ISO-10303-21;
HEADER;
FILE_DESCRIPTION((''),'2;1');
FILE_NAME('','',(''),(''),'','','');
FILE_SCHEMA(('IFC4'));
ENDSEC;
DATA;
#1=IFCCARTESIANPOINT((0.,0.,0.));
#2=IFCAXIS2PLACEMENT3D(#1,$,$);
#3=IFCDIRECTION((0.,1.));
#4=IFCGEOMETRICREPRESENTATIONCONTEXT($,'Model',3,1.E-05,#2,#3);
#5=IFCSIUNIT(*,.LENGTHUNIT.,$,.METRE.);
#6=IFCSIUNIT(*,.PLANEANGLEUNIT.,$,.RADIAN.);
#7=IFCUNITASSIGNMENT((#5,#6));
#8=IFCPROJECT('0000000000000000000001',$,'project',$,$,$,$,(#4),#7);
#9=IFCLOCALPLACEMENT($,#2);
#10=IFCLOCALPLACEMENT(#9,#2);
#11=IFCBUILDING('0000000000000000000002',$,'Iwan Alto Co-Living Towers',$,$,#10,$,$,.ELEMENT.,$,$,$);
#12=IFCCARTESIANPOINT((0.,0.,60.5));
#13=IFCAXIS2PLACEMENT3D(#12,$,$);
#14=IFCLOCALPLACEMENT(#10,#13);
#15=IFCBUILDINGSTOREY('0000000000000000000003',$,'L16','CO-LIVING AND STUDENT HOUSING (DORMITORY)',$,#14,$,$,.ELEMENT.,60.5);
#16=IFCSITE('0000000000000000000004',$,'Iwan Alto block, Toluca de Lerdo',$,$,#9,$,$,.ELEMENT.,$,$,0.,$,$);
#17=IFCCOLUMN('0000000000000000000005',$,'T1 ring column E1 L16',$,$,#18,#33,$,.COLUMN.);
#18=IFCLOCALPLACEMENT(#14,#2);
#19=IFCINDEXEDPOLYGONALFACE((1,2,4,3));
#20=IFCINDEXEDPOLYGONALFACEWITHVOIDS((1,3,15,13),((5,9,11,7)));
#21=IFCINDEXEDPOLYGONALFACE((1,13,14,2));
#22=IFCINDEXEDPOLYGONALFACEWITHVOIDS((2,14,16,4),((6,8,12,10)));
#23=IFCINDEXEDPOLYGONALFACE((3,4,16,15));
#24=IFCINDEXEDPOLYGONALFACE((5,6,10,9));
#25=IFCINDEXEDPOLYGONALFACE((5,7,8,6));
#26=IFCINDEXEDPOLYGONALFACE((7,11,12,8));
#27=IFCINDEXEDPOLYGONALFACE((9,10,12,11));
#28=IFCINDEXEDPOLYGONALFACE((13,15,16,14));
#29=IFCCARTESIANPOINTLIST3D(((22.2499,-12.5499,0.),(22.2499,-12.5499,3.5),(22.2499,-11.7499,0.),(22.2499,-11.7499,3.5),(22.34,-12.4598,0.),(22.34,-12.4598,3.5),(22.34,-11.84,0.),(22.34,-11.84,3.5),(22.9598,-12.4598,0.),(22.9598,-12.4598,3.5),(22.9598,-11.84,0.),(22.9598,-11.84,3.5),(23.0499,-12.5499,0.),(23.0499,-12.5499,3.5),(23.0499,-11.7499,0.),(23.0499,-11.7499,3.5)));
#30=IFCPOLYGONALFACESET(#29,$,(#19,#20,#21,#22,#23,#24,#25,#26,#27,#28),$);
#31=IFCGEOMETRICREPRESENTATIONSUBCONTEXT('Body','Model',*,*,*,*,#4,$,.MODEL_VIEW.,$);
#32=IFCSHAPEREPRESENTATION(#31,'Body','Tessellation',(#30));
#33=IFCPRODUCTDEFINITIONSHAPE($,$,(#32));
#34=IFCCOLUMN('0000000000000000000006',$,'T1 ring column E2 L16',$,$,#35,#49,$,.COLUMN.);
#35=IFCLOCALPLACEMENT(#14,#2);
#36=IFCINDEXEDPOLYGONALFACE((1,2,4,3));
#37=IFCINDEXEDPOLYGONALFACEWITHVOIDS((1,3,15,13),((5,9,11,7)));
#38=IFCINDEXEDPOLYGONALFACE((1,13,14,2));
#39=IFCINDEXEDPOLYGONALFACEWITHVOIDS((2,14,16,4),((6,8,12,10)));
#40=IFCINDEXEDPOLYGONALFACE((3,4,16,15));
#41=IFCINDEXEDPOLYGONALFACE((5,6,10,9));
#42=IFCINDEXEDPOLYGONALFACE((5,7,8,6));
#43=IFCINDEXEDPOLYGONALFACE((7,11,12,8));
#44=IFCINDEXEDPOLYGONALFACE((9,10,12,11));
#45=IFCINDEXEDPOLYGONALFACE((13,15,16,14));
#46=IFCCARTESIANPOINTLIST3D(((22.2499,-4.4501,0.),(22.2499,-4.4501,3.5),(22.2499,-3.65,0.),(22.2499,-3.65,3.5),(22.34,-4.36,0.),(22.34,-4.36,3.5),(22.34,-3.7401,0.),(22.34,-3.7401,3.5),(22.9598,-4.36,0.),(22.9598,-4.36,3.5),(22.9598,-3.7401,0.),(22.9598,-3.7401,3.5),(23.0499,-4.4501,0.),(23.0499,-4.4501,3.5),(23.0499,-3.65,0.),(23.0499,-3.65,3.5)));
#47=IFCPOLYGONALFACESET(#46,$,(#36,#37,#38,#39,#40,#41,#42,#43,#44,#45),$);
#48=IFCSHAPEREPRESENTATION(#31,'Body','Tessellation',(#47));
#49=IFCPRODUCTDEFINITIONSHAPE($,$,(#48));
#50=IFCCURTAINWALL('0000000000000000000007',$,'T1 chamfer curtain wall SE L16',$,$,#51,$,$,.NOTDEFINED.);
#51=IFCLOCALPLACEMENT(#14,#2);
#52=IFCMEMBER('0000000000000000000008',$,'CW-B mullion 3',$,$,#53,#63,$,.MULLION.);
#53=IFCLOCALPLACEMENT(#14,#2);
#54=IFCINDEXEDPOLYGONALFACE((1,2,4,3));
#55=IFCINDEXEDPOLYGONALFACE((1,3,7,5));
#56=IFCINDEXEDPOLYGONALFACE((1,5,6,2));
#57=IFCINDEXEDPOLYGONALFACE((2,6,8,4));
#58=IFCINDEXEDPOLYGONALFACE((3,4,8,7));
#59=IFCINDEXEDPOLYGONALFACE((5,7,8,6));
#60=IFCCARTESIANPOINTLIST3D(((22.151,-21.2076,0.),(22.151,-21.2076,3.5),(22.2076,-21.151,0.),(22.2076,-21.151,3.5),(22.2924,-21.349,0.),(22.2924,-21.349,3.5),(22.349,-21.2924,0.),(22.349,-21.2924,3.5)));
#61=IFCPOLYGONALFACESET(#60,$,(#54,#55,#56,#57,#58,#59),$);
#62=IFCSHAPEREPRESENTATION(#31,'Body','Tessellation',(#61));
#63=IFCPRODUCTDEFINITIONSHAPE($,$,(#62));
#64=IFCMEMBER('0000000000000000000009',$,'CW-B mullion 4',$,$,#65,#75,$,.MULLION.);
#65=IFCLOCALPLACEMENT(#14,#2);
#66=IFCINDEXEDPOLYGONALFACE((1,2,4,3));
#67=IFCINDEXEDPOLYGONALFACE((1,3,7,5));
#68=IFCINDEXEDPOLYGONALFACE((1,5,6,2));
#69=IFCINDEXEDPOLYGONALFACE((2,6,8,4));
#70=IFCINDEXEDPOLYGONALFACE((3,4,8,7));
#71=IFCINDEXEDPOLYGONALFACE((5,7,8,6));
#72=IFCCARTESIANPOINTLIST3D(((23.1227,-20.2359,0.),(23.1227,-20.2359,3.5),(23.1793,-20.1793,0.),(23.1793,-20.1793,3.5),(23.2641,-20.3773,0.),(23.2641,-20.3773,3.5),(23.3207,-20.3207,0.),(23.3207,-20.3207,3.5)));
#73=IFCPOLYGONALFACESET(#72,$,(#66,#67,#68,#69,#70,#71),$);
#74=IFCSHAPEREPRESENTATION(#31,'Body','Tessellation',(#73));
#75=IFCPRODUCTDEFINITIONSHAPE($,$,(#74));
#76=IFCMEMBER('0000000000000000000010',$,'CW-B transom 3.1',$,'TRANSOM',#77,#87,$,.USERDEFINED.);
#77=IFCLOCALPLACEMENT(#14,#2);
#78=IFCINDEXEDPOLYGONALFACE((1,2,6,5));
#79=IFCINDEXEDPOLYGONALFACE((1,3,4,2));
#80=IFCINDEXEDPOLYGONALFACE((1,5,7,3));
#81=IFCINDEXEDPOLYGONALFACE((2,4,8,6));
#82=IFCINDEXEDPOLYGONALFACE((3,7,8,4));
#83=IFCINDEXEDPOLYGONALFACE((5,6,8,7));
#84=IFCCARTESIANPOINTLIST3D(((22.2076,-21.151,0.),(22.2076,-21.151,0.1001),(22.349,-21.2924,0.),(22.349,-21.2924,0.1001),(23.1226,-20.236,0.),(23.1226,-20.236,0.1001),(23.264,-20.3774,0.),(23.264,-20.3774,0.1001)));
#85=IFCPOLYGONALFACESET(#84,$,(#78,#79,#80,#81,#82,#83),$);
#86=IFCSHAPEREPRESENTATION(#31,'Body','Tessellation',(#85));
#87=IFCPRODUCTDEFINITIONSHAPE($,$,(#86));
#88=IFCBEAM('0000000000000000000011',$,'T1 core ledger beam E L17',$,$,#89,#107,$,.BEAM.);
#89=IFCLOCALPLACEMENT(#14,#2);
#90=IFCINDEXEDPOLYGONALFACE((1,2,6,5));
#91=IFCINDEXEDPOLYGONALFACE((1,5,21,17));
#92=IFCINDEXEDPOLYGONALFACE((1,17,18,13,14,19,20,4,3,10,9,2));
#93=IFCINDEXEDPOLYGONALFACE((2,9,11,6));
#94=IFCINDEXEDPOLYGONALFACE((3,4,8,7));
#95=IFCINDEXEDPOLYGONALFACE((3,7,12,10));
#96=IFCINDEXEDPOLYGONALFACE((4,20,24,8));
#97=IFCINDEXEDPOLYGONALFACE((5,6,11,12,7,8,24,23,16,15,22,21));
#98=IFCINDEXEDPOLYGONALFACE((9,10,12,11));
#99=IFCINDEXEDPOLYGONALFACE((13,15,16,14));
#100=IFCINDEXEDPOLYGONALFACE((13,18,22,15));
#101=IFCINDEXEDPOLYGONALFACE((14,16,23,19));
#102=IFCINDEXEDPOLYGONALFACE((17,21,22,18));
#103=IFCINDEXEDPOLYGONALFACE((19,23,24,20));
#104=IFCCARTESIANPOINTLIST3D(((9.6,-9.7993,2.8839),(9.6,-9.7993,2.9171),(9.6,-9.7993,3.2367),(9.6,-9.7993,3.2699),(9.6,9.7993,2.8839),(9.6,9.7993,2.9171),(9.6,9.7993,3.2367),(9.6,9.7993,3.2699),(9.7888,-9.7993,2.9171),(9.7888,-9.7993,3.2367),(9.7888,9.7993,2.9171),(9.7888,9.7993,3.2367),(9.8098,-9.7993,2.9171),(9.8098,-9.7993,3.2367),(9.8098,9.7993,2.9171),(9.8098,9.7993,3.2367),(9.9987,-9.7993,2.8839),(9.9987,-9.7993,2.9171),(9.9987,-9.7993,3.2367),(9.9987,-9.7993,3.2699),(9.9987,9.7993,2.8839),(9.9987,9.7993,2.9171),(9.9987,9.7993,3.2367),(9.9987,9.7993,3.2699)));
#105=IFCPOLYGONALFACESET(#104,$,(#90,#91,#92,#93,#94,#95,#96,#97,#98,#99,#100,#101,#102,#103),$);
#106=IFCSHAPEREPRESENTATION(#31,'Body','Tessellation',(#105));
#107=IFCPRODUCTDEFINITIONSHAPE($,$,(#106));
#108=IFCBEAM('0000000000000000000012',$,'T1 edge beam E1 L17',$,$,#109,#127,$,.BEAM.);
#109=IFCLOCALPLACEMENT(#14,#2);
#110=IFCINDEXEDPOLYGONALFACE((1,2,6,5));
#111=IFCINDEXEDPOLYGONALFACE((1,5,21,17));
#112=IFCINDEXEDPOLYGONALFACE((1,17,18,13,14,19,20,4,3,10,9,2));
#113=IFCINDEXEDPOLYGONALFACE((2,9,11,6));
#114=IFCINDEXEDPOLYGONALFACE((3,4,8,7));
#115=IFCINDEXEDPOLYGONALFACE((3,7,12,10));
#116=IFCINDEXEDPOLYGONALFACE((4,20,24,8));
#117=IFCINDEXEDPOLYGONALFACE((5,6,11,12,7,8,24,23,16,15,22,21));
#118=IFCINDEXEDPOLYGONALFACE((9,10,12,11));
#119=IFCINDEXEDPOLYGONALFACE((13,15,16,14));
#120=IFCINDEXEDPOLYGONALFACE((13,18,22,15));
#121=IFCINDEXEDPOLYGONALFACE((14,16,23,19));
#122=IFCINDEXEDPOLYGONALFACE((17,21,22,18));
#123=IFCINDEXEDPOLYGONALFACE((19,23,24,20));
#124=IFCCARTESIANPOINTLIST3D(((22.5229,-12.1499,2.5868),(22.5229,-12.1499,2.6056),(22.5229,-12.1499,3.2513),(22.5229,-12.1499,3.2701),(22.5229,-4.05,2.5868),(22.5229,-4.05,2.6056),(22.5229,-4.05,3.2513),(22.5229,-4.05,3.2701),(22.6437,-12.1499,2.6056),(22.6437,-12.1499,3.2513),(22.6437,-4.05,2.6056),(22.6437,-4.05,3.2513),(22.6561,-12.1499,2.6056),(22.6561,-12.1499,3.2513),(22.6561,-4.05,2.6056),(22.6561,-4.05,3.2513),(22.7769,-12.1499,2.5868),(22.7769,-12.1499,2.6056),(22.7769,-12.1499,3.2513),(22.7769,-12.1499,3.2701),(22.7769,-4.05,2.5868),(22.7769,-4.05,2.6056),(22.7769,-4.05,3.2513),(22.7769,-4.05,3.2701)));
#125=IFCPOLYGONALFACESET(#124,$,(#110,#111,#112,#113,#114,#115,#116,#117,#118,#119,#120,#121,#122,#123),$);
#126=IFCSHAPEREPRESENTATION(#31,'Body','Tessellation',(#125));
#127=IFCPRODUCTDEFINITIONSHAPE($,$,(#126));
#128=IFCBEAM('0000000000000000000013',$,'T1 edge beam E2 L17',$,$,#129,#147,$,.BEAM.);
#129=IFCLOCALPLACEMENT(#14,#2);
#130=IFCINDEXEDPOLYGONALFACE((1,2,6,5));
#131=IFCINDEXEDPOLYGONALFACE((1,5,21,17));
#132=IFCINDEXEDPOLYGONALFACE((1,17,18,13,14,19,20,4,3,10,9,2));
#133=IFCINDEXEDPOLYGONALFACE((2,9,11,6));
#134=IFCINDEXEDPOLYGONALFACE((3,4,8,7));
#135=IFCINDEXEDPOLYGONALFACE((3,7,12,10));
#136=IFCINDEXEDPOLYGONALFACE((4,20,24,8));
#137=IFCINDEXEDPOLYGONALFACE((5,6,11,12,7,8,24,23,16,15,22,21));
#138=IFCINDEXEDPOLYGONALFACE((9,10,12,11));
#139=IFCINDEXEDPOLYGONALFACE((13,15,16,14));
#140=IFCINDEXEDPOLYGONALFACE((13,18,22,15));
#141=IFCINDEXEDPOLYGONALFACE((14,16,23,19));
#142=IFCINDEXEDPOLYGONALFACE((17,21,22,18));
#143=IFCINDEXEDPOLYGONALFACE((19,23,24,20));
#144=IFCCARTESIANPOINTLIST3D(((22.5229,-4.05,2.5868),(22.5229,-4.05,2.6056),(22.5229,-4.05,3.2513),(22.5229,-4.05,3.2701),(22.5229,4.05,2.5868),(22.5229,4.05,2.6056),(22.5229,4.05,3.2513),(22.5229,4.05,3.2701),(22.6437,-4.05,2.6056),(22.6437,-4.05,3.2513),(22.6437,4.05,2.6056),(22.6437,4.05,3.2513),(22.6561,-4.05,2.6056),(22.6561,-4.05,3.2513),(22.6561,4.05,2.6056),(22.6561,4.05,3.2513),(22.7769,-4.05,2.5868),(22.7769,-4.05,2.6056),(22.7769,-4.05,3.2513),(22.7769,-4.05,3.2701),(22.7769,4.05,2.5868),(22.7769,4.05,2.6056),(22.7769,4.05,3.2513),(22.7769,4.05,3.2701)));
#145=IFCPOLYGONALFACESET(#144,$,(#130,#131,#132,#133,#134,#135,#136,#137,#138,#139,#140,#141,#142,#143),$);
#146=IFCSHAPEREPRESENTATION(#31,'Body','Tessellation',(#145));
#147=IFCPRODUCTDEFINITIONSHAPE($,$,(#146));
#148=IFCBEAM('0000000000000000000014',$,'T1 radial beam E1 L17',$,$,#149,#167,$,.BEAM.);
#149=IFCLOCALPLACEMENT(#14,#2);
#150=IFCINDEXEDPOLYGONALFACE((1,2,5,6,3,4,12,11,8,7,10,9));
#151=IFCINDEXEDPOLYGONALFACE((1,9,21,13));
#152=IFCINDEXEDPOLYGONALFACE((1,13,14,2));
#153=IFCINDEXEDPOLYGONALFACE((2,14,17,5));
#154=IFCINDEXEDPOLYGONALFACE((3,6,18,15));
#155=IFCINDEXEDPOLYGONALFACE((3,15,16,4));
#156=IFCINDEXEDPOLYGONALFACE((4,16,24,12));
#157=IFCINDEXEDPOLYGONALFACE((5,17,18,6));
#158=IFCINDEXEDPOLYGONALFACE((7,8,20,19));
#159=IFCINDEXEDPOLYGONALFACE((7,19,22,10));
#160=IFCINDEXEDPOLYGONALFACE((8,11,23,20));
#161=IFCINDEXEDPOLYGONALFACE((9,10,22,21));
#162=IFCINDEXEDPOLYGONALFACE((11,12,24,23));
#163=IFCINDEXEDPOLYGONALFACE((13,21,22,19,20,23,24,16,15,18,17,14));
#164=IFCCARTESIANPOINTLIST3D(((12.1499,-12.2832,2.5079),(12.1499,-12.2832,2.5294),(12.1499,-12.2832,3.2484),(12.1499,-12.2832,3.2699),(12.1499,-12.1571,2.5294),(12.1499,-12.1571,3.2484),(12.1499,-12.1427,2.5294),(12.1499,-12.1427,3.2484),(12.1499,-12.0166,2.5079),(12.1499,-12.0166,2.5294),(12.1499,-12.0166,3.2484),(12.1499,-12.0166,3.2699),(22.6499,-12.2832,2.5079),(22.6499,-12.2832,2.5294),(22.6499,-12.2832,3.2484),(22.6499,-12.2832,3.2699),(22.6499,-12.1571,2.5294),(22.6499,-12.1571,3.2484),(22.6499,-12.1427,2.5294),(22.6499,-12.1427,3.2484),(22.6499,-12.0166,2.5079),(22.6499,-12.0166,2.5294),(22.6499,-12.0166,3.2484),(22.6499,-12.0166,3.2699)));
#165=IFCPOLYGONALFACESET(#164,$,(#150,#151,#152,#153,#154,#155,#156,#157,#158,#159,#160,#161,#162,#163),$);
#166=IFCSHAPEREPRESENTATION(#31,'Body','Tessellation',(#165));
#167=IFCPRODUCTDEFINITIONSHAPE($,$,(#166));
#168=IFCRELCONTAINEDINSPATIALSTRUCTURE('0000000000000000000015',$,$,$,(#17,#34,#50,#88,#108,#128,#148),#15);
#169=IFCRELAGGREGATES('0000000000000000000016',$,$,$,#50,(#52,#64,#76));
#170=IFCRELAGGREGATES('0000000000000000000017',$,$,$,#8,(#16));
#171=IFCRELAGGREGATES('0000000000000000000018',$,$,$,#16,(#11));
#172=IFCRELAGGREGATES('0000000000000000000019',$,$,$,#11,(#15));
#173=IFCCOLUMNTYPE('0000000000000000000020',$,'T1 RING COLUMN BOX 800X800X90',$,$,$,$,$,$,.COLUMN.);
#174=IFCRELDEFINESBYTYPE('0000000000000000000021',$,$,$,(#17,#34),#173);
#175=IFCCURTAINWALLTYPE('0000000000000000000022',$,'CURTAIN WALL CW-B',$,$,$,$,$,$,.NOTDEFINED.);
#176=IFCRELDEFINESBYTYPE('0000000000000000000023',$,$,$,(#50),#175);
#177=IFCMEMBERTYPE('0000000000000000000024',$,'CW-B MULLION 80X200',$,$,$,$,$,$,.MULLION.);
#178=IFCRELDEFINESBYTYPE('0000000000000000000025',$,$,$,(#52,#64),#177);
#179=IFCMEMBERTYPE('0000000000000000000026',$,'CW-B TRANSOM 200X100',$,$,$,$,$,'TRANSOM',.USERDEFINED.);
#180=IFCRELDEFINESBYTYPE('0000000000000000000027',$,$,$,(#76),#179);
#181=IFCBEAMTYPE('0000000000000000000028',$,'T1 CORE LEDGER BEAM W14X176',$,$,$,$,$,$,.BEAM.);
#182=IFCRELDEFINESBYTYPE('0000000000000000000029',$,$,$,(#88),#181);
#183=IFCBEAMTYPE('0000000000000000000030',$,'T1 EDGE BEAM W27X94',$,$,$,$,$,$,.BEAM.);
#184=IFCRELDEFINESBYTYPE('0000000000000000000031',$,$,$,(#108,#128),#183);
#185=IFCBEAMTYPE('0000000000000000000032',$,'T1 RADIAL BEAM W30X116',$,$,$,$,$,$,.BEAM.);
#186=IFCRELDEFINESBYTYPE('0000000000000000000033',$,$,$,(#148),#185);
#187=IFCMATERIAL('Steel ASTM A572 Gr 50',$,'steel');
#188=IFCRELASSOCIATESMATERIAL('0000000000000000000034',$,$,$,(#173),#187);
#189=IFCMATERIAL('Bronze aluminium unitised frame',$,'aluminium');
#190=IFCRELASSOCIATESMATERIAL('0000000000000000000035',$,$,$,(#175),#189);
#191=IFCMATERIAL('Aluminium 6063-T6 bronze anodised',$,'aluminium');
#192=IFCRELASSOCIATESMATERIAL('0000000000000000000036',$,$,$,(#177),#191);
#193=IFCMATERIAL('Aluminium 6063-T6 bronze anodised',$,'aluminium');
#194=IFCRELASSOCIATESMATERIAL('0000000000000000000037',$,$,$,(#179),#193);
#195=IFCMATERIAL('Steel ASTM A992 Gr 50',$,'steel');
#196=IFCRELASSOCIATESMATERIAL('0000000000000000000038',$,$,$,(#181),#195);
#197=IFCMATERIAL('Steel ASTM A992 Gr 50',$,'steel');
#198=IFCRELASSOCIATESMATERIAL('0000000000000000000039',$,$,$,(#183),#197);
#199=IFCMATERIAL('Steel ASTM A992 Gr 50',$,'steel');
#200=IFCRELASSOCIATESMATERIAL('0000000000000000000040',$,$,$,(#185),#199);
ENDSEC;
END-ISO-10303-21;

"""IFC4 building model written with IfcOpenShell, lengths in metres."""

from ifc_helpers import new_model, si_unit, direction, frame, origin, origin_2d, place, context, subcontext, project, spatial, rectangle, hollow_rectangle, i_section, extrude, material, material_profile, profile_set, type_object, element, aggregate, save


model = new_model("IFC4")

# Units and contexts
model_context = context("Model", 3, precision=1e-05, world=origin(), true_north=direction((0.0, 1.0)))
body_context = subcontext(model_context, "Body", "Model", "MODEL_VIEW")
ifc_project = project(units=[si_unit("LENGTHUNIT", "METRE"), si_unit("PLANEANGLEUNIT", "RADIAN")], contexts=[model_context])

# Site, building, storey
site_placement = place(None, origin())
site = spatial("IfcSite", under=ifc_project, at=site_placement, Name="Iwan Alto block, Toluca de Lerdo", CompositionType="ELEMENT", RefElevation=0.0)
building_placement = place(site_placement, origin())
building = spatial("IfcBuilding", under=site, at=building_placement, Name="Iwan Alto Co-Living Towers", CompositionType="ELEMENT")
storey_placement = place(building_placement, frame((0.0, 0.0, 60.5)))
storey = spatial("IfcBuildingStorey", under=building, at=storey_placement, Name="L16", Description="CO-LIVING AND STUDENT HOUSING (DORMITORY)", CompositionType="ELEMENT", Elevation=60.5)

# Columns
ifc_material_1 = material(Name="Steel ASTM A572 Gr 50", Category="steel")
ifc_material_profile_1 = material_profile(ifc_material_1, hollow_rectangle(XDim=0.8, YDim=0.8, WallThickness=0.0901, at=origin_2d()), Name="BOX 800X800X90")
ifc_profile_set_1 = profile_set([ifc_material_profile_1], Name="Steel ASTM A572 Gr 50")
column_type = type_object("IfcColumnType", Name="T1 RING COLUMN BOX 800X800X90", PredefinedType="COLUMN", material=ifc_profile_set_1)
for number, where, z_axis, x_axis, name in (
    (1, (22.6499, -12.1499, 0.0), (0.0, 0.0, 1.0), (1.0, 0.0, 0.0), "T1 ring column E1 L16"),
    (2, (22.6499, -4.05, 0.0), (0.0, 0.0, 1.0), (1.0, 0.0, 0.0), "T1 ring column E2 L16"),
):
    element("IfcColumn", number, at=place(storey_placement, frame(where, z_axis=z_axis, x_axis=x_axis)), inside=storey, type_object=column_type, Name=name, PredefinedType="COLUMN", context=body_context, shape_type="SweptSolid", body=[
        extrude(hollow_rectangle(XDim=0.8, YDim=0.8, WallThickness=0.0901, at=origin_2d()), origin(), (0.0, 0.0, 1.0), 3.5),
    ])

# Curtain wall, members
ifc_material_2 = material(Name="Bronze aluminium unitised frame", Category="aluminium")
curtain_wall_type = type_object("IfcCurtainWallType", Name="CURTAIN WALL CW-B", PredefinedType="NOTDEFINED", material=ifc_material_2)
curtain_wall_placement = place(storey_placement, origin())
curtain_wall = element("IfcCurtainWall", 3, at=curtain_wall_placement, inside=storey, type_object=curtain_wall_type, Name="T1 chamfer curtain wall SE L16", PredefinedType="NOTDEFINED")
ifc_material_3 = material(Name="Aluminium 6063-T6 bronze anodised", Category="aluminium")
ifc_material_profile_2 = material_profile(ifc_material_3, rectangle(XDim=0.2, YDim=0.0801, at=origin_2d()), Name="AL 80X200")
ifc_profile_set_2 = profile_set([ifc_material_profile_2], Name="Aluminium 6063-T6 bronze anodised")
member_type_1 = type_object("IfcMemberType", Name="CW-B MULLION 80X200", PredefinedType="MULLION", material=ifc_profile_set_2)
member_1_placement = place(storey_placement, frame((22.25, -21.25, 0.0), z_axis=(0.0, 0.0, 1.0), x_axis=(-0.707107, 0.707107, 0.0)))
member_1 = element("IfcMember", 4, at=member_1_placement, type_object=member_type_1, Name="CW-B mullion 3", PredefinedType="MULLION", context=body_context, shape_type="SweptSolid", body=[
    extrude(rectangle(XDim=0.2, YDim=0.0801, at=origin_2d()), origin(), (0.0, 0.0, 1.0), 3.5),
])
member_2_placement = place(storey_placement, frame((23.2217, -20.2783, 0.0), z_axis=(0.0, 0.0, 1.0), x_axis=(-0.707107, 0.707107, 0.0)))
member_2 = element("IfcMember", 5, at=member_2_placement, type_object=member_type_1, Name="CW-B mullion 4", PredefinedType="MULLION", context=body_context, shape_type="SweptSolid", body=[
    extrude(rectangle(XDim=0.2, YDim=0.0801, at=origin_2d()), origin(), (0.0, 0.0, 1.0), 3.5),
])
ifc_material_4 = material(Name="Aluminium 6063-T6 bronze anodised", Category="aluminium")
ifc_material_profile_3 = material_profile(ifc_material_4, rectangle(XDim=0.2, YDim=0.1001, at=origin_2d()), Name="AL 200X100")
ifc_profile_set_3 = profile_set([ifc_material_profile_3], Name="Aluminium 6063-T6 bronze anodised")
member_type_2 = type_object("IfcMemberType", Name="CW-B TRANSOM 200X100", ElementType="TRANSOM", PredefinedType="USERDEFINED", material=ifc_profile_set_3)
member_3_placement = place(storey_placement, frame((22.2783, -21.2217, 0.05), z_axis=(0.707107, 0.707107, 0.0), x_axis=(-0.707107, 0.707107, 0.0)))
member_3 = element("IfcMember", 6, at=member_3_placement, type_object=member_type_2, Name="CW-B transom 3.1", ObjectType="TRANSOM", PredefinedType="USERDEFINED", context=body_context, shape_type="SweptSolid", body=[
    extrude(rectangle(XDim=0.2, YDim=0.1001, at=origin_2d()), origin(), (0.0, 0.0, 1.0), 1.2939),
])

# Beams
ifc_material_5 = material(Name="Steel ASTM A992 Gr 50", Category="steel")
ifc_material_profile_4 = material_profile(ifc_material_5, i_section(OverallWidth=0.3987, OverallDepth=0.386, WebThickness=0.021, FlangeThickness=0.0332, at=origin_2d()), Name="W14X176")
ifc_profile_set_4 = profile_set([ifc_material_profile_4], Name="Steel ASTM A992 Gr 50")
beam_type_1 = type_object("IfcBeamType", Name="T1 CORE LEDGER BEAM W14X176", PredefinedType="BEAM", material=ifc_profile_set_4)
beam_1_placement = place(storey_placement, frame((9.7993, -9.7993, 3.0769), z_axis=(0.0, 1.0, 0.0), x_axis=(-1.0, 0.0, 0.0)))
element("IfcBeam", 7, at=beam_1_placement, inside=storey, type_object=beam_type_1, Name="T1 core ledger beam E L17", PredefinedType="BEAM", context=body_context, shape_type="SweptSolid", body=[
    extrude(i_section(OverallWidth=0.3987, OverallDepth=0.386, WebThickness=0.021, FlangeThickness=0.0332, at=origin_2d()), origin(), (0.0, 0.0, 1.0), 19.5986),
])
ifc_material_6 = material(Name="Steel ASTM A992 Gr 50", Category="steel")
ifc_material_profile_5 = material_profile(ifc_material_6, i_section(OverallWidth=0.2539, OverallDepth=0.6833, WebThickness=0.0125, FlangeThickness=0.0188, at=origin_2d()), Name="W27X94")
ifc_profile_set_5 = profile_set([ifc_material_profile_5], Name="Steel ASTM A992 Gr 50")
beam_type_2 = type_object("IfcBeamType", Name="T1 EDGE BEAM W27X94", PredefinedType="BEAM", material=ifc_profile_set_5)
beam_2_placement = place(storey_placement, frame((22.6499, -12.1499, 2.9285), z_axis=(0.0, 1.0, 0.0), x_axis=(-1.0, 0.0, 0.0)))
element("IfcBeam", 8, at=beam_2_placement, inside=storey, type_object=beam_type_2, Name="T1 edge beam E1 L17", PredefinedType="BEAM", context=body_context, shape_type="SweptSolid", body=[
    extrude(i_section(OverallWidth=0.2539, OverallDepth=0.6833, WebThickness=0.0125, FlangeThickness=0.0188, at=origin_2d()), origin(), (0.0, 0.0, 1.0), 8.0999),
])
beam_3_placement = place(storey_placement, frame((22.6499, -4.05, 2.9285), z_axis=(0.0, 1.0, 0.0), x_axis=(-1.0, 0.0, 0.0)))
element("IfcBeam", 9, at=beam_3_placement, inside=storey, type_object=beam_type_2, Name="T1 edge beam E2 L17", PredefinedType="BEAM", context=body_context, shape_type="SweptSolid", body=[
    extrude(i_section(OverallWidth=0.2539, OverallDepth=0.6833, WebThickness=0.0125, FlangeThickness=0.0188, at=origin_2d()), origin(), (0.0, 0.0, 1.0), 8.1001),
])
ifc_material_7 = material(Name="Steel ASTM A992 Gr 50", Category="steel")
ifc_material_profile_6 = material_profile(ifc_material_7, i_section(OverallWidth=0.2666, OverallDepth=0.762, WebThickness=0.0144, FlangeThickness=0.0215, at=origin_2d()), Name="W30X116")
ifc_profile_set_6 = profile_set([ifc_material_profile_6], Name="Steel ASTM A992 Gr 50")
beam_type_3 = type_object("IfcBeamType", Name="T1 RADIAL BEAM W30X116", PredefinedType="BEAM", material=ifc_profile_set_6)
beam_4_placement = place(storey_placement, frame((22.6499, -12.1499, 2.8889), z_axis=(-1.0, 0.0, 0.0), x_axis=(0.0, -1.0, 0.0)))
element("IfcBeam", 10, at=beam_4_placement, inside=storey, type_object=beam_type_3, Name="T1 radial beam E1 L17", PredefinedType="BEAM", context=body_context, shape_type="SweptSolid", body=[
    extrude(i_section(OverallWidth=0.2666, OverallDepth=0.762, WebThickness=0.0144, FlangeThickness=0.0215, at=origin_2d()), origin(), (0.0, 0.0, 1.0), 10.5),
])

aggregate(curtain_wall, [member_1, member_2, member_3])

save(model, "model.ifc")
